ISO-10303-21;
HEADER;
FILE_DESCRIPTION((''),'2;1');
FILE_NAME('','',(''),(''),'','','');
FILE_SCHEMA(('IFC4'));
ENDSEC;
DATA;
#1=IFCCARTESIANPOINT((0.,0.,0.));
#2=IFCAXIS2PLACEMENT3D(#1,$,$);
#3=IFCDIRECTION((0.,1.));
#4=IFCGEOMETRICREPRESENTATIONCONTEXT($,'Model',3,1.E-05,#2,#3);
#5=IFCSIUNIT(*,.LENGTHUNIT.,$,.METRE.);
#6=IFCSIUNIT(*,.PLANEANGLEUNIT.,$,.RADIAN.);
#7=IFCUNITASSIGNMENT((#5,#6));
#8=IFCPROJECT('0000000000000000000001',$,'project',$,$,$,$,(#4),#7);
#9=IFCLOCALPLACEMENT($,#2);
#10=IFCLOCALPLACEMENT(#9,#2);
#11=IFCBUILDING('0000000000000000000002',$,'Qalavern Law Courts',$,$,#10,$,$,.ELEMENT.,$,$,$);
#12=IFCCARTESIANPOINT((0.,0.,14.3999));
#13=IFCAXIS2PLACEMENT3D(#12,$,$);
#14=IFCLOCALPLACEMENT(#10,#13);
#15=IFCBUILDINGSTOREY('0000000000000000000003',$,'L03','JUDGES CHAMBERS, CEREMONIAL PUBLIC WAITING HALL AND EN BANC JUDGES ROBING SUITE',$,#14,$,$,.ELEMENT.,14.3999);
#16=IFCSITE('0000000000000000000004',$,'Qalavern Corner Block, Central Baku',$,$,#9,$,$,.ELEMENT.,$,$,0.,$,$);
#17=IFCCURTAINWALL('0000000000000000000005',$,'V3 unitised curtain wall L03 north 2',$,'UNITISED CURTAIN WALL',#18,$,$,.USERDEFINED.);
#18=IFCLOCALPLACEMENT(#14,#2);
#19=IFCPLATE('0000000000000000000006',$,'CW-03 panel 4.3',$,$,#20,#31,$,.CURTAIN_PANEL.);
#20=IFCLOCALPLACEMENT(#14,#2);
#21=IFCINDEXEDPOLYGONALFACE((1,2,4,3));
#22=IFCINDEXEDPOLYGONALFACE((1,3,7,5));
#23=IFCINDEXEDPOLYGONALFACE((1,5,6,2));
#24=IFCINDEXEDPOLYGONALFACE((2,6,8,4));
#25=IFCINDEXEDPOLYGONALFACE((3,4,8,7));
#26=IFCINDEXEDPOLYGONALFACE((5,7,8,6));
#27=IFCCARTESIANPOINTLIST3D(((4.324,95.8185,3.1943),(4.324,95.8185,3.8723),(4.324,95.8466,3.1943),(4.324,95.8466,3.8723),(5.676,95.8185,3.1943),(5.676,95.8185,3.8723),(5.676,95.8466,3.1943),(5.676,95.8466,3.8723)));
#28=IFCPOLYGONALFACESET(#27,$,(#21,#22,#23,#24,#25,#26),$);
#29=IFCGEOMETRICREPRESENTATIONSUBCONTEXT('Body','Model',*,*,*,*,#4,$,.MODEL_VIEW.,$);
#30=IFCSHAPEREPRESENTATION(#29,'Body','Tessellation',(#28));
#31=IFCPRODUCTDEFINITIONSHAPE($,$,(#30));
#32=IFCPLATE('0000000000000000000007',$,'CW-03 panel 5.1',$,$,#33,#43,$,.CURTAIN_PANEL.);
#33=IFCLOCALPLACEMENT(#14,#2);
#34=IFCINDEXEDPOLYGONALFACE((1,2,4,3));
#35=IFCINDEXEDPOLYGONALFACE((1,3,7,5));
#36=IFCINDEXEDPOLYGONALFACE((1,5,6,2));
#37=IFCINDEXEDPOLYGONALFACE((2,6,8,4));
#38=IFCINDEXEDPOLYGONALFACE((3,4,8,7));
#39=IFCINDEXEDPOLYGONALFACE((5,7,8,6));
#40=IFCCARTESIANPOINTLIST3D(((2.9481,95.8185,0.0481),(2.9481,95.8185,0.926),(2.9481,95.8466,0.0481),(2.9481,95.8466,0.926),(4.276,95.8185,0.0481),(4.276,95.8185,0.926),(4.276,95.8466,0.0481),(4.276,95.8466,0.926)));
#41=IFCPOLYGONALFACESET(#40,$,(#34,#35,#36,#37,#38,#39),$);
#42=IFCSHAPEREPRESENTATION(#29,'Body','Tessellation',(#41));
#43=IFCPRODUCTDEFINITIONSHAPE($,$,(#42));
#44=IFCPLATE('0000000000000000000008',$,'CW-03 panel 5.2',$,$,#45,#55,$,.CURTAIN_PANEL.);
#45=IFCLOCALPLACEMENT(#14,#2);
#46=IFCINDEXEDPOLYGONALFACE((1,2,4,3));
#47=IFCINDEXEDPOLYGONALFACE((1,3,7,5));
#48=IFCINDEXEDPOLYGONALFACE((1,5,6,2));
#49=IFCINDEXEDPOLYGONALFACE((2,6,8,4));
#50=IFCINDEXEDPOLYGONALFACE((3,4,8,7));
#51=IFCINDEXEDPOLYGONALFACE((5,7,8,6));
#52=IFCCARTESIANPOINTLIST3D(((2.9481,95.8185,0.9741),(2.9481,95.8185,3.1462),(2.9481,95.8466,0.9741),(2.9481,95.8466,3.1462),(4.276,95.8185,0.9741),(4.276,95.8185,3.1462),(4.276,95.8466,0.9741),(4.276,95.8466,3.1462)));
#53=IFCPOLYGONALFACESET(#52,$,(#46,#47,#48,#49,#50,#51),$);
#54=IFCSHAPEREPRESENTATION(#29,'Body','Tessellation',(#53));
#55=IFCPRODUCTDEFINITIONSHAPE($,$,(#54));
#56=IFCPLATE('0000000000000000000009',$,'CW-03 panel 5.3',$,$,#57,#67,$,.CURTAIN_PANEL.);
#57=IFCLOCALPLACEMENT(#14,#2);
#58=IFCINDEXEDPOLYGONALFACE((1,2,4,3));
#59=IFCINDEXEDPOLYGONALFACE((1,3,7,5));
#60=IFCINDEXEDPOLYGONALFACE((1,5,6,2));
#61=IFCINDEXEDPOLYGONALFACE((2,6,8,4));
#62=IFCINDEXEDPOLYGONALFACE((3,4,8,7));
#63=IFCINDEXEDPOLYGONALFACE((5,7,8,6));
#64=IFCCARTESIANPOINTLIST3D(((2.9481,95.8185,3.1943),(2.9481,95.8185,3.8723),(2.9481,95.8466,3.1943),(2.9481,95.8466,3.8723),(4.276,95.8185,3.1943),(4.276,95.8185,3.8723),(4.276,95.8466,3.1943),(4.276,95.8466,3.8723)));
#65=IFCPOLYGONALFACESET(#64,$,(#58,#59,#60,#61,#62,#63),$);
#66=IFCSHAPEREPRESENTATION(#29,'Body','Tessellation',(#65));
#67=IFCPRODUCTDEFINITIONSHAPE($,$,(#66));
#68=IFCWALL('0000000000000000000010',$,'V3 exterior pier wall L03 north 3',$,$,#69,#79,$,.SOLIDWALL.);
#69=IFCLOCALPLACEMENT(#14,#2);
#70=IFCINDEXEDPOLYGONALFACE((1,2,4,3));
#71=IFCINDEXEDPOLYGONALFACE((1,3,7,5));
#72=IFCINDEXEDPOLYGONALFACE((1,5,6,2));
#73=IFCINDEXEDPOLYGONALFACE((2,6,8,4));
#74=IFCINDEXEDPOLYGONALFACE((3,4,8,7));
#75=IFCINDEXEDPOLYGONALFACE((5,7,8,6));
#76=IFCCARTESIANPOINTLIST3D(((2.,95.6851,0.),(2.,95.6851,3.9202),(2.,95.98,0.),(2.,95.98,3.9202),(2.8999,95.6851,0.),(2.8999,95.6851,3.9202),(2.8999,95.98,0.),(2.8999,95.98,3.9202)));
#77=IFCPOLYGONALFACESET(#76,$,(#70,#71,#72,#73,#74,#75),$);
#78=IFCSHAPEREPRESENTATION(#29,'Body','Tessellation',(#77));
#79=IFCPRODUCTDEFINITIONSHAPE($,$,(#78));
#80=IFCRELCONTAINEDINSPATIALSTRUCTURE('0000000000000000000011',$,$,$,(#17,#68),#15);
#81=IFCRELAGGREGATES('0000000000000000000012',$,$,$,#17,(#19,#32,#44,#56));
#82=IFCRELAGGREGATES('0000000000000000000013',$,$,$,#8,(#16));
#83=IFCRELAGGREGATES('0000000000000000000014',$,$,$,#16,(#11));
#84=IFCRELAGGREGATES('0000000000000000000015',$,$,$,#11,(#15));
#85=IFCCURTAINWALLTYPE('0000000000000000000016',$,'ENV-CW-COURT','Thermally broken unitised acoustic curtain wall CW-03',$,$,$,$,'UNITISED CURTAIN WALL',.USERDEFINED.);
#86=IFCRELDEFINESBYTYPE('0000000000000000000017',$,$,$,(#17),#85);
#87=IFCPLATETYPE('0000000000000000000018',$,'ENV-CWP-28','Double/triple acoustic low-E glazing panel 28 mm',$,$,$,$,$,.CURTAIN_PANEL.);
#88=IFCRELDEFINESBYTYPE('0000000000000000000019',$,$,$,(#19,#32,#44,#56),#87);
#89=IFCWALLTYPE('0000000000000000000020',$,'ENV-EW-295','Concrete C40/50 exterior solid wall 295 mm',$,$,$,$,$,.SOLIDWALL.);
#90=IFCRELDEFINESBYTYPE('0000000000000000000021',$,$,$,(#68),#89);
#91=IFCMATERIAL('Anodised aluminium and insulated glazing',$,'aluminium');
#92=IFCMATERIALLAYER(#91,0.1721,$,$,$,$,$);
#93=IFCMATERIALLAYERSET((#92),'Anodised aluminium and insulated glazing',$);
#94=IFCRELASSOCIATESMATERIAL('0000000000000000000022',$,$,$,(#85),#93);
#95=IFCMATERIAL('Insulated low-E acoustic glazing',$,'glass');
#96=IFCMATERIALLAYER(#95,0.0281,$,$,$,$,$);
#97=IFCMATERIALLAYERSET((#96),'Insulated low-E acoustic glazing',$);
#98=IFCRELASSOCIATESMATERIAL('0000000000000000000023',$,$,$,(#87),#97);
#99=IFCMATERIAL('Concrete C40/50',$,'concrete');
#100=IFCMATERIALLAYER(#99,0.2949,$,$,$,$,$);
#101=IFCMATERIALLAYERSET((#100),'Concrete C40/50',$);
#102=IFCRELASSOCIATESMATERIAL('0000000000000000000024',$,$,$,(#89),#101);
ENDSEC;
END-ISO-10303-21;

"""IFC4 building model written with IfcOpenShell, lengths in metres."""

from ifc_helpers import new_model, si_unit, direction, frame, frame_2d, origin, origin_2d, place, context, subcontext, project, spatial, rectangle, extrude, material, layer, layer_set, type_object, element, aggregate, save


model = new_model("IFC4")

# Units and contexts
model_context = context("Model", 3, precision=1e-05, world=origin(), true_north=direction((0.0, 1.0)))
body_context = subcontext(model_context, "Body", "Model", "MODEL_VIEW")
ifc_project = project(units=[si_unit("LENGTHUNIT", "METRE"), si_unit("PLANEANGLEUNIT", "RADIAN")], contexts=[model_context])

# Site, building, storey
site_placement = place(None, origin())
site = spatial("IfcSite", under=ifc_project, at=site_placement, Name="Qalavern Corner Block, Central Baku", CompositionType="ELEMENT", RefElevation=0.0)
building_placement = place(site_placement, origin())
building = spatial("IfcBuilding", under=site, at=building_placement, Name="Qalavern Law Courts", CompositionType="ELEMENT")
storey_placement = place(building_placement, frame((0.0, 0.0, 14.3999)))
storey = spatial("IfcBuildingStorey", under=building, at=storey_placement, Name="L03", Description="JUDGES CHAMBERS, CEREMONIAL PUBLIC WAITING HALL AND EN BANC JUDGES ROBING SUITE", CompositionType="ELEMENT", Elevation=14.3999)

# Curtain wall
ifc_material_1 = material(Name="Anodised aluminium and insulated glazing", Category="aluminium")
ifc_layer_1 = layer(ifc_material_1, 0.1721)
ifc_layer_set_1 = layer_set([ifc_layer_1], Name="Anodised aluminium and insulated glazing")
curtain_wall_type = type_object("IfcCurtainWallType", Name="ENV-CW-COURT", Description="Thermally broken unitised acoustic curtain wall CW-03", ElementType="UNITISED CURTAIN WALL", PredefinedType="USERDEFINED", material=ifc_layer_set_1)
curtain_wall_placement = place(storey_placement, origin())
curtain_wall = element("IfcCurtainWall", 1, at=curtain_wall_placement, inside=storey, type_object=curtain_wall_type, Name="V3 unitised curtain wall L03 north 2", ObjectType="UNITISED CURTAIN WALL", PredefinedType="USERDEFINED")

# Plates
ifc_material_2 = material(Name="Insulated low-E acoustic glazing", Category="glass")
ifc_layer_2 = layer(ifc_material_2, 0.0281)
ifc_layer_set_2 = layer_set([ifc_layer_2], Name="Insulated low-E acoustic glazing")
plate_type = type_object("IfcPlateType", Name="ENV-CWP-28", Description="Double/triple acoustic low-E glazing panel 28 mm", PredefinedType="CURTAIN_PANEL", material=ifc_layer_set_2)
plate_1_placement = place(storey_placement, frame((5.0, 95.8325, 3.1943), z_axis=(0.0, 0.0, 1.0), x_axis=(-1.0, 0.0, 0.0)))
plate_1 = element("IfcPlate", 2, at=plate_1_placement, type_object=plate_type, Name="CW-03 panel 4.3", PredefinedType="CURTAIN_PANEL", context=body_context, shape_type="SweptSolid", body=[
    extrude(rectangle(XDim=1.3521, YDim=0.0281, at=origin_2d()), origin(), (0.0, 0.0, 1.0), 0.678),
])
plate_2_placement = place(storey_placement, frame((3.6121, 95.8325, 0.0481), z_axis=(0.0, 0.0, 1.0), x_axis=(-1.0, 0.0, 0.0)))
plate_2 = element("IfcPlate", 3, at=plate_2_placement, type_object=plate_type, Name="CW-03 panel 5.1", PredefinedType="CURTAIN_PANEL", context=body_context, shape_type="SweptSolid", body=[
    extrude(rectangle(XDim=1.3279, YDim=0.0281, at=origin_2d()), origin(), (0.0, 0.0, 1.0), 0.8779),
])
plate_3_placement = place(storey_placement, frame((3.6121, 95.8325, 0.9741), z_axis=(0.0, 0.0, 1.0), x_axis=(-1.0, 0.0, 0.0)))
plate_3 = element("IfcPlate", 4, at=plate_3_placement, type_object=plate_type, Name="CW-03 panel 5.2", PredefinedType="CURTAIN_PANEL", context=body_context, shape_type="SweptSolid", body=[
    extrude(rectangle(XDim=1.3279, YDim=0.0281, at=origin_2d()), origin(), (0.0, 0.0, 1.0), 2.1721),
])
plate_4_placement = place(storey_placement, frame((3.6121, 95.8325, 3.1943), z_axis=(0.0, 0.0, 1.0), x_axis=(-1.0, 0.0, 0.0)))
plate_4 = element("IfcPlate", 5, at=plate_4_placement, type_object=plate_type, Name="CW-03 panel 5.3", PredefinedType="CURTAIN_PANEL", context=body_context, shape_type="SweptSolid", body=[
    extrude(rectangle(XDim=1.3279, YDim=0.0281, at=origin_2d()), origin(), (0.0, 0.0, 1.0), 0.678),
])
aggregate(curtain_wall, [plate_1, plate_2, plate_3, plate_4])

# Wall
ifc_material_3 = material(Name="Concrete C40/50", Category="concrete")
ifc_layer_3 = layer(ifc_material_3, 0.2949)
ifc_layer_set_3 = layer_set([ifc_layer_3], Name="Concrete C40/50")
wall_type = type_object("IfcWallType", Name="ENV-EW-295", Description="Concrete C40/50 exterior solid wall 295 mm", PredefinedType="SOLIDWALL", material=ifc_layer_set_3)
wall_placement = place(storey_placement, frame((2.8999, 95.8325, 0.0), z_axis=(0.0, 0.0, 1.0), x_axis=(-1.0, 0.0, 0.0)))
element("IfcWall", 6, at=wall_placement, inside=storey, type_object=wall_type, Name="V3 exterior pier wall L03 north 3", PredefinedType="SOLIDWALL", context=body_context, shape_type="SweptSolid", body=[
    extrude(rectangle(XDim=0.8999, YDim=0.2949, at=frame_2d((0.45, 0.0))), origin(), (0.0, 0.0, 1.0), 3.9202),
])

save(model, "model.ifc")
